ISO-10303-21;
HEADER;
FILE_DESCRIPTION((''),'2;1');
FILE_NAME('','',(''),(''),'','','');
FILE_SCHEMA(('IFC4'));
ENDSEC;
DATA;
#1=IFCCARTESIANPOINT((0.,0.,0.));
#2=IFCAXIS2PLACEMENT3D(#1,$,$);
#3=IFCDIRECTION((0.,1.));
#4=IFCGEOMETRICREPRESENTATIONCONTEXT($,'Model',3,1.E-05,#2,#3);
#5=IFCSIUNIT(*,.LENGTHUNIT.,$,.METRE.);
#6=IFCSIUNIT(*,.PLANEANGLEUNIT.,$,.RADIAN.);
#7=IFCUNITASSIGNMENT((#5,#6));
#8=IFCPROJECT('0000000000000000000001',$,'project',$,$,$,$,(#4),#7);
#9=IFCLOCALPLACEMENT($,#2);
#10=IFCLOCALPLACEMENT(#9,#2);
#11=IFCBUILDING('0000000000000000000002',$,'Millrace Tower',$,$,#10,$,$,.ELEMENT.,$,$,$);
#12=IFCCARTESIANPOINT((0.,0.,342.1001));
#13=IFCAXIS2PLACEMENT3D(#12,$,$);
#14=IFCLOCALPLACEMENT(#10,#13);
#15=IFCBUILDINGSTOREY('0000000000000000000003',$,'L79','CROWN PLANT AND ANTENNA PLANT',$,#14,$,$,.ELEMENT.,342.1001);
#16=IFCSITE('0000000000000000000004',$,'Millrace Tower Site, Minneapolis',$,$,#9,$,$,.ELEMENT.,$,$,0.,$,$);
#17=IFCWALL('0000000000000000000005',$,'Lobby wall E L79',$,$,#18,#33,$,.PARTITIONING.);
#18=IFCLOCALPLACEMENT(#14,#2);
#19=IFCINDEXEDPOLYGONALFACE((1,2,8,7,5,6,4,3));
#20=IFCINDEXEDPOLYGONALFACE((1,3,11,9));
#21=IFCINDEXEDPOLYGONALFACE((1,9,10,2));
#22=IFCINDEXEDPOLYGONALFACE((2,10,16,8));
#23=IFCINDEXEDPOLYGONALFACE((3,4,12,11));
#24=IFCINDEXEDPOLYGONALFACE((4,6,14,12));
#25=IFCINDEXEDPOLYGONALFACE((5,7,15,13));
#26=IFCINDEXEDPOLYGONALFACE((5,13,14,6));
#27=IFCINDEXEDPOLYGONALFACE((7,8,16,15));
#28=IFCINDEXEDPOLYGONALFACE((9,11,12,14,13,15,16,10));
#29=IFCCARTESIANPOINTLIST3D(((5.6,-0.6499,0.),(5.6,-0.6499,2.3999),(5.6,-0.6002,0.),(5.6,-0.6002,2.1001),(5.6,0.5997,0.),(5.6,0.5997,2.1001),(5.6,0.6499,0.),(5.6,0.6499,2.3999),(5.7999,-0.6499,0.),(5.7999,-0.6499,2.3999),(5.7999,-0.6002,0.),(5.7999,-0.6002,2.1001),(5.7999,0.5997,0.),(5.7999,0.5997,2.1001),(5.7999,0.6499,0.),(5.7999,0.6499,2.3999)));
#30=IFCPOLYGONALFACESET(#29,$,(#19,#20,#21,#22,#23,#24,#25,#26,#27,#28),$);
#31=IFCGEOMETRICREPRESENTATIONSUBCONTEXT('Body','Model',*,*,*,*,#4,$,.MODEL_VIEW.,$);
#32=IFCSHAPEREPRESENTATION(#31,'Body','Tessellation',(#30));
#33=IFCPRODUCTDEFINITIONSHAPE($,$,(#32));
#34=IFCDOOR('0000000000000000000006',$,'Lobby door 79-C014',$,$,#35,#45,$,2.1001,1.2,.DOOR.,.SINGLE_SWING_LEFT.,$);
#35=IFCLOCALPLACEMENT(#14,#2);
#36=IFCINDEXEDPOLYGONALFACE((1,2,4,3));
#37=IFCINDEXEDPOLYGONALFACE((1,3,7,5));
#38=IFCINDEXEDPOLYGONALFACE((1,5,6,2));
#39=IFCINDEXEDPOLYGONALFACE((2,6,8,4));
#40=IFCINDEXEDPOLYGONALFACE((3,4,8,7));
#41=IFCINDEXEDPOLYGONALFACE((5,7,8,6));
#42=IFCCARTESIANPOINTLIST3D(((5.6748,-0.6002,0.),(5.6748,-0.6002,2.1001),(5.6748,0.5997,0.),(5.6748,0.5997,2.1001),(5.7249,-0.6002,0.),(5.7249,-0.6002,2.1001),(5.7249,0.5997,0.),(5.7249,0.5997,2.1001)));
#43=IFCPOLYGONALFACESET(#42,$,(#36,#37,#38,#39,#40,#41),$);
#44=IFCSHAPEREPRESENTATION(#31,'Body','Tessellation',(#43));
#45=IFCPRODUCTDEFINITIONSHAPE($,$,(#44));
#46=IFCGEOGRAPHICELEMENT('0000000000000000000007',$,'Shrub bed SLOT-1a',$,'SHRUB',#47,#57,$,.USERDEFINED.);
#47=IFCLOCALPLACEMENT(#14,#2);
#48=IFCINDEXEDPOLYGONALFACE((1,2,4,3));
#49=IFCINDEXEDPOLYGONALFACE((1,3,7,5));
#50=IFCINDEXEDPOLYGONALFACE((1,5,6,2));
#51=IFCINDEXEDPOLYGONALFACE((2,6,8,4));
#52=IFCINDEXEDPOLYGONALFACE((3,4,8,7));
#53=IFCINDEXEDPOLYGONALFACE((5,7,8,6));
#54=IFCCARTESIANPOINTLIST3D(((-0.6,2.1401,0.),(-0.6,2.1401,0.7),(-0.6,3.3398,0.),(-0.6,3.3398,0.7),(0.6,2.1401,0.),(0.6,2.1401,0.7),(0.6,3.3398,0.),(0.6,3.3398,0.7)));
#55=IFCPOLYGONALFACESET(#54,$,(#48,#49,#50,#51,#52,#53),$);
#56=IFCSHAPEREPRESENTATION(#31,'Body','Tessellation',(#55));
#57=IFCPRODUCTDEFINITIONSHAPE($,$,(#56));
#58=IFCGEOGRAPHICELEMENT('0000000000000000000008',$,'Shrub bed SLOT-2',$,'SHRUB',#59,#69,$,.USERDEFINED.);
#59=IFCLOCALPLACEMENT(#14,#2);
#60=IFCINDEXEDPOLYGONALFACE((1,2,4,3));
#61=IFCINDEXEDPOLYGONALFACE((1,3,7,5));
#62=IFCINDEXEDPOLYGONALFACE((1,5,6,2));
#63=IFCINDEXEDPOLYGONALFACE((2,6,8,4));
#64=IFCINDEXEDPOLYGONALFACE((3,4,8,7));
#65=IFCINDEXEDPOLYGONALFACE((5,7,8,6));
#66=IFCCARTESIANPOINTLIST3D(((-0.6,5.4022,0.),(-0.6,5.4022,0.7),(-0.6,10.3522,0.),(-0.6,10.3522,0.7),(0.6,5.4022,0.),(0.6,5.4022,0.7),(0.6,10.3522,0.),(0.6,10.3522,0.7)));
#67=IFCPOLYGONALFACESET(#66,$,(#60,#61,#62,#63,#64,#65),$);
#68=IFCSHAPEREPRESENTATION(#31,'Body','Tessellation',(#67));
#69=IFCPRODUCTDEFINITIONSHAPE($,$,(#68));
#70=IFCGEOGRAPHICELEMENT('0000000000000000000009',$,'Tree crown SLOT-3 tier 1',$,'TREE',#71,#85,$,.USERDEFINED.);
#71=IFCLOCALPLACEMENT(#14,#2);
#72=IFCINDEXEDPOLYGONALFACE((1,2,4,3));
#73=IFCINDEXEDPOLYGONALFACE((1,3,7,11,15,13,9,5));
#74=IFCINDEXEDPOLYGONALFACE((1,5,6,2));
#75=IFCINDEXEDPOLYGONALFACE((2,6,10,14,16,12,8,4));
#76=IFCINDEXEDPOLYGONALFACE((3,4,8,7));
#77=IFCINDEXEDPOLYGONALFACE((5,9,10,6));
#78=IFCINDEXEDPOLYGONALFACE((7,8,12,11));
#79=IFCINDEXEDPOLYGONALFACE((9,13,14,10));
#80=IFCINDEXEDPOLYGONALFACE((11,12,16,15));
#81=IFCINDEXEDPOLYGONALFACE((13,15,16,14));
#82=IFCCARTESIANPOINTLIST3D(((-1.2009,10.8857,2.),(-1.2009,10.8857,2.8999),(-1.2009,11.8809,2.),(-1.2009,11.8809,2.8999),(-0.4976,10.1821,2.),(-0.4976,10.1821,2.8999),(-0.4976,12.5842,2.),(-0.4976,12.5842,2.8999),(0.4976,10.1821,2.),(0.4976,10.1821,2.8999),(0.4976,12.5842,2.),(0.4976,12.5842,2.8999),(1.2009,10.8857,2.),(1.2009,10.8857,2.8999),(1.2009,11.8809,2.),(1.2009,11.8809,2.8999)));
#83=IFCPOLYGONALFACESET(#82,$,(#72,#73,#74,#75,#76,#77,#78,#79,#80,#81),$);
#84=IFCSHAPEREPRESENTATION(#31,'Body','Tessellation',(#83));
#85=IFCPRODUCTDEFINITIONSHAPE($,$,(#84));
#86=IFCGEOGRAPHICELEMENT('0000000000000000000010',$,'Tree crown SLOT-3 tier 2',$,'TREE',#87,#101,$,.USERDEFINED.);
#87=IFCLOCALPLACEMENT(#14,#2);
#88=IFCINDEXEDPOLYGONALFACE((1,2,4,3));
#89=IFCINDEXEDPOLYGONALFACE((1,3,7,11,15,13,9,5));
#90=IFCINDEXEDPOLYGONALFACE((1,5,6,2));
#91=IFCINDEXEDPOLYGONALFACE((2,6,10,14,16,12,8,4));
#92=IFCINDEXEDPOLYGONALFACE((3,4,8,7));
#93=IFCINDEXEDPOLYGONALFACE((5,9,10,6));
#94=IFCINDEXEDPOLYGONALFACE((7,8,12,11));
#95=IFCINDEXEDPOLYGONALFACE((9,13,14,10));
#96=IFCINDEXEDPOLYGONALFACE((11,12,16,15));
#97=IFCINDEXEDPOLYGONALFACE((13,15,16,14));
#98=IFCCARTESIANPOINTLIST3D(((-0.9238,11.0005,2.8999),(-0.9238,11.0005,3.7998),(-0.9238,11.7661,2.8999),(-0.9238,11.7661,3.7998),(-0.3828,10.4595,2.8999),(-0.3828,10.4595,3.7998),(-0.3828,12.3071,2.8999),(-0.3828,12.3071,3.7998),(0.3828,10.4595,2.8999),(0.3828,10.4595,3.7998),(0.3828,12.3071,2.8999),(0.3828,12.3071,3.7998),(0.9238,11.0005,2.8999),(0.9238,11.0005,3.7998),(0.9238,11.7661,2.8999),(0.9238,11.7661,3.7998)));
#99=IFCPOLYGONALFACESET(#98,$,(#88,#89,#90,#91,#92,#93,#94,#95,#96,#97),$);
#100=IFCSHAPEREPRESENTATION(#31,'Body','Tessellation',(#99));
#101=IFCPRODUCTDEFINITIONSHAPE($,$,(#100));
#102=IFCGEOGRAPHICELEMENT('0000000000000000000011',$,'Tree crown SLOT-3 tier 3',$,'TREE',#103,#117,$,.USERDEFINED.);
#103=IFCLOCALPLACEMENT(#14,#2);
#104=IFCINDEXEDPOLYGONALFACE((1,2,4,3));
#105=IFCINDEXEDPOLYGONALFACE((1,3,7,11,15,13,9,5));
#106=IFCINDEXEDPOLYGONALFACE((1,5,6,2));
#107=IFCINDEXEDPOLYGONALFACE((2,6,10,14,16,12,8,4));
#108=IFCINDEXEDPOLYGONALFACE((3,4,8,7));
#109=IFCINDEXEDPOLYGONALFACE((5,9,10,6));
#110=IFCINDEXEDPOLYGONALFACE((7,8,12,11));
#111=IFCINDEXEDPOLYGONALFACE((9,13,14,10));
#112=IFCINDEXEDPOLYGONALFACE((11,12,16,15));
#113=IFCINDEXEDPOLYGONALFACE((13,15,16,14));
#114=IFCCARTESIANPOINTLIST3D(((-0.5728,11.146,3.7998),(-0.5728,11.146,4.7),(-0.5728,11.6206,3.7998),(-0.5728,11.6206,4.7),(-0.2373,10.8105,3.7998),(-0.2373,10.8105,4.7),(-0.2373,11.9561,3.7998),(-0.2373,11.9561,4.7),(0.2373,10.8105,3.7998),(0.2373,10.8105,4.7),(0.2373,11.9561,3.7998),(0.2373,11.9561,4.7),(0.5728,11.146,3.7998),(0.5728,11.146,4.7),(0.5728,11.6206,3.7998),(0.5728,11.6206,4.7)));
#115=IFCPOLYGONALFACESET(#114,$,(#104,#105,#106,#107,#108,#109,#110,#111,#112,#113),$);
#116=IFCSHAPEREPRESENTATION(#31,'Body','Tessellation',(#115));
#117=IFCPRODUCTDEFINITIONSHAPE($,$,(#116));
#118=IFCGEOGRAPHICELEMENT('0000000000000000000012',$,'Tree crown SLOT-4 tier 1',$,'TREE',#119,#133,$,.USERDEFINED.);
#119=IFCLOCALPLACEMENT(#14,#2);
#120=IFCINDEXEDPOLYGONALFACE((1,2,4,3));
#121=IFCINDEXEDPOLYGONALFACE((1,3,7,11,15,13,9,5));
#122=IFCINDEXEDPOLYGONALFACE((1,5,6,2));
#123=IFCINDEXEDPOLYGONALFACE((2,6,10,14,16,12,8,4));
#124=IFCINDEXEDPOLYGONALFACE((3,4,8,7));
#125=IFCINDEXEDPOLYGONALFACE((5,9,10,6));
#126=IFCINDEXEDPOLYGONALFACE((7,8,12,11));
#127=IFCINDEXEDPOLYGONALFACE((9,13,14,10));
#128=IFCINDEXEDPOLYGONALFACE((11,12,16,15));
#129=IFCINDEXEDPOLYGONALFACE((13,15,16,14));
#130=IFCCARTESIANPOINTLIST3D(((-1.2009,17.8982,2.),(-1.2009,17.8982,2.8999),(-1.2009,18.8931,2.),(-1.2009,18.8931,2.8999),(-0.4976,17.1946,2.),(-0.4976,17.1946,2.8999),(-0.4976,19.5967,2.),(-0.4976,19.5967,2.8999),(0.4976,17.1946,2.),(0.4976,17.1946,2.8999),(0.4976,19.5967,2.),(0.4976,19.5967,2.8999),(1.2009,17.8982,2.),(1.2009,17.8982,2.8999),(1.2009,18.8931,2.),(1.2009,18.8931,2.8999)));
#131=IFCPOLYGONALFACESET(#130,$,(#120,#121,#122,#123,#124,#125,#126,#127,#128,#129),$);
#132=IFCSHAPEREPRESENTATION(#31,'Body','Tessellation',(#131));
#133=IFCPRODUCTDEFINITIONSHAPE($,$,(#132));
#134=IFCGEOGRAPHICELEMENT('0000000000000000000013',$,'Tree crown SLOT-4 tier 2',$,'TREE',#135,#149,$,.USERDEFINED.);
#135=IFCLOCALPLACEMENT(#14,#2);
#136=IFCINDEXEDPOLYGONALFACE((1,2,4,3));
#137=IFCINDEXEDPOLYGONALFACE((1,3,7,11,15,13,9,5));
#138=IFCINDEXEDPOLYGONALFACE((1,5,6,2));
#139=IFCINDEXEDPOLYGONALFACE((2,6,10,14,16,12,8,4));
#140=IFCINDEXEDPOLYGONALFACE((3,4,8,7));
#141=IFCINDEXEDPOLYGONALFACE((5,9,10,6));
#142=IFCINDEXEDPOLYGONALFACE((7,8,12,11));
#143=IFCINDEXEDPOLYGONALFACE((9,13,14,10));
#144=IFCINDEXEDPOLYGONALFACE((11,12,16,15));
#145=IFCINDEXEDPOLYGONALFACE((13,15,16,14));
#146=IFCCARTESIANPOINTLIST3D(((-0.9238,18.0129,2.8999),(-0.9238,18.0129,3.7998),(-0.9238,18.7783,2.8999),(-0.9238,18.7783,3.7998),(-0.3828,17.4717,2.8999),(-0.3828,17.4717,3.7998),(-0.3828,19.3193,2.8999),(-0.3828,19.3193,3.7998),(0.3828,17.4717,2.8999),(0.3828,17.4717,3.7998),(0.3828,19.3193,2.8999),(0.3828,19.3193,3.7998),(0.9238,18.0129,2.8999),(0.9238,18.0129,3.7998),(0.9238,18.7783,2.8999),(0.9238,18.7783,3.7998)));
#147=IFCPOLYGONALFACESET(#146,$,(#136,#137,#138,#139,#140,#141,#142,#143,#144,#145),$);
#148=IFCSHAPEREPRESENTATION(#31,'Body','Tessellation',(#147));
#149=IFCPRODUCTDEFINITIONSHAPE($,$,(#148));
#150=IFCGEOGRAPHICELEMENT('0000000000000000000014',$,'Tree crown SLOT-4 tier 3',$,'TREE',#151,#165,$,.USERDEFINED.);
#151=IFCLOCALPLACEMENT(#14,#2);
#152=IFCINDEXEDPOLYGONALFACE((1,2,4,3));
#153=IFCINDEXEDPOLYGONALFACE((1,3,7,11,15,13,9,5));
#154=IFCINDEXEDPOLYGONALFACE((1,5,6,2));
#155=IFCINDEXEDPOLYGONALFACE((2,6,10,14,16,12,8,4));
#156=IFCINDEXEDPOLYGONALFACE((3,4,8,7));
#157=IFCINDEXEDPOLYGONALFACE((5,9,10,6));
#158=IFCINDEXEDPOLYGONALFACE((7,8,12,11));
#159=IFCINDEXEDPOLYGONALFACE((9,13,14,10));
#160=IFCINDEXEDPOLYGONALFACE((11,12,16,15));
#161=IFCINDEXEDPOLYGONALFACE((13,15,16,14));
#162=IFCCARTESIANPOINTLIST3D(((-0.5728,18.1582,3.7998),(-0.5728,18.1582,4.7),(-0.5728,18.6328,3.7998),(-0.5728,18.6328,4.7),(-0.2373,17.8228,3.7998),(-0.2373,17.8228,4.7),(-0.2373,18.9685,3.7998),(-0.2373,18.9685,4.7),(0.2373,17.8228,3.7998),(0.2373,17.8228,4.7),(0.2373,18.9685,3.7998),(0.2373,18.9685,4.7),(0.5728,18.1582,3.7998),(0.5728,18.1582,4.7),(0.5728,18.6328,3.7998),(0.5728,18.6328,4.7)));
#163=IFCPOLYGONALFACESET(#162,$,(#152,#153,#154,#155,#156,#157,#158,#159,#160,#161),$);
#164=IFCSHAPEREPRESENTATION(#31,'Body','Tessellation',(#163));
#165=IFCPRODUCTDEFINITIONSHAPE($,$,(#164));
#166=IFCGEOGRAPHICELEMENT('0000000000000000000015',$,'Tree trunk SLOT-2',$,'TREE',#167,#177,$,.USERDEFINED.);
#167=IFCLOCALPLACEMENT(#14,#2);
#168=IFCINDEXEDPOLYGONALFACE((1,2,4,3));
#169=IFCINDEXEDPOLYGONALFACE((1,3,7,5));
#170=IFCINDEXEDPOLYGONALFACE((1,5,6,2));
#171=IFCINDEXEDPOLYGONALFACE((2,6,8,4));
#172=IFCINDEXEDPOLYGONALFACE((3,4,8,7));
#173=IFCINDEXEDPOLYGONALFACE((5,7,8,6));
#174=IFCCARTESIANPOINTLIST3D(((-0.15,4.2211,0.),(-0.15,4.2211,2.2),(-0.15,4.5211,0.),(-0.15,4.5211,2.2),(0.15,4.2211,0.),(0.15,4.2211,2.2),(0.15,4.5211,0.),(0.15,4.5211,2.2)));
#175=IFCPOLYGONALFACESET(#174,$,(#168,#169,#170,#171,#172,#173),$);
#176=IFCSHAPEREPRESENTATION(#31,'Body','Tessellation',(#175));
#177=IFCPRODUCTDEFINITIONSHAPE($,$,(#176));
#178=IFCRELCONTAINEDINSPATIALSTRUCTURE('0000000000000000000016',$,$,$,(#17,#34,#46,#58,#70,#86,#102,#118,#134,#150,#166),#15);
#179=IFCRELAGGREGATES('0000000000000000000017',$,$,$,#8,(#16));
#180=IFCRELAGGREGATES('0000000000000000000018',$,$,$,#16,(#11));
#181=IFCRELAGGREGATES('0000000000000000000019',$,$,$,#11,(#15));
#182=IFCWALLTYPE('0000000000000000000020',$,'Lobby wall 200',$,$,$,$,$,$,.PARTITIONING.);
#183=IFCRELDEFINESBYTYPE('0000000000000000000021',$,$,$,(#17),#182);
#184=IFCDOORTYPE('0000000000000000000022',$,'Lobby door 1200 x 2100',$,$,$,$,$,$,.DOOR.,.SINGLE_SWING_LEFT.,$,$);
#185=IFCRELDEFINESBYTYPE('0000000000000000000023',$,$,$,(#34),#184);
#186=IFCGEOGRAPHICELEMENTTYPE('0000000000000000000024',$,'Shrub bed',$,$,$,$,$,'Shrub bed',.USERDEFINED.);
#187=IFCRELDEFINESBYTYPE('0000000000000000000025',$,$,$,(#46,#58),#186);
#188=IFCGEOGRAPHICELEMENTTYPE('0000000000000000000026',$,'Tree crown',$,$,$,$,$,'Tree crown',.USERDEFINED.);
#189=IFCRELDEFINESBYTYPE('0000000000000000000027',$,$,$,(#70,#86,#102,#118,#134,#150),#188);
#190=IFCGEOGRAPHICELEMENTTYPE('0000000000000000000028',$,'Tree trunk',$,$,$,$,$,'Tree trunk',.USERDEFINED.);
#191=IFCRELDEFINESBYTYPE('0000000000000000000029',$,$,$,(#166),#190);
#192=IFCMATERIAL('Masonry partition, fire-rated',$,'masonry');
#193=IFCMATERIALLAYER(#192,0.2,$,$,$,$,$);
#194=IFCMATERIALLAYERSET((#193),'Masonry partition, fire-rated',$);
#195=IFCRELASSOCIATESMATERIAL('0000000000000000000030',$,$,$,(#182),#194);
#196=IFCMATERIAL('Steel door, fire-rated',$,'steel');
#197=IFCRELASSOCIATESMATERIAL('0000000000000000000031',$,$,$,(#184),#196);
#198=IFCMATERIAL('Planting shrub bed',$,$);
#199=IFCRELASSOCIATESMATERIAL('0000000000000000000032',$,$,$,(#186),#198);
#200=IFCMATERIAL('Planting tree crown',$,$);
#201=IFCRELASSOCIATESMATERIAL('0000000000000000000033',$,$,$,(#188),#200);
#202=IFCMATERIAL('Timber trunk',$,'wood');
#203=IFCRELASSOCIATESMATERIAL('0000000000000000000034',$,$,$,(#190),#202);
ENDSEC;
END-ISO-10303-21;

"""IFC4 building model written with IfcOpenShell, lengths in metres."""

from ifc_helpers import new_model, si_unit, direction, frame, frame_2d, origin, origin_2d, place, context, subcontext, project, spatial, polyline, rectangle, outline, extrude, material, layer, layer_set, type_object, element, fill, save


model = new_model("IFC4")

# Units and contexts
model_context = context("Model", 3, precision=1e-05, world=origin(), true_north=direction((0.0, 1.0)))
body_context = subcontext(model_context, "Body", "Model", "MODEL_VIEW")
ifc_project = project(units=[si_unit("LENGTHUNIT", "METRE"), si_unit("PLANEANGLEUNIT", "RADIAN")], contexts=[model_context])

# Site, building, storey
site_placement = place(None, origin())
site = spatial("IfcSite", under=ifc_project, at=site_placement, Name="Millrace Tower Site, Minneapolis", CompositionType="ELEMENT", RefElevation=0.0)
building_placement = place(site_placement, origin())
building = spatial("IfcBuilding", under=site, at=building_placement, Name="Millrace Tower", CompositionType="ELEMENT")
storey_placement = place(building_placement, frame((0.0, 0.0, 342.1001)))
storey = spatial("IfcBuildingStorey", under=building, at=storey_placement, Name="L79", Description="CROWN PLANT AND ANTENNA PLANT", CompositionType="ELEMENT", Elevation=342.1001)

# Wall, opening, door
ifc_material_1 = material(Name="Masonry partition, fire-rated", Category="masonry")
ifc_layer_1 = layer(ifc_material_1, 0.2)
ifc_layer_set_1 = layer_set([ifc_layer_1], Name="Masonry partition, fire-rated")
wall_type_1 = type_object("IfcWallType", Name="Lobby wall 200", PredefinedType="PARTITIONING", material=ifc_layer_set_1)
wall_1_placement = place(storey_placement, frame((5.7, 0.6499, 0.0), z_axis=(0.0, 0.0, 1.0), x_axis=(0.0, -1.0, 0.0)))
wall_1 = element("IfcWall", 1, at=wall_1_placement, inside=storey, type_object=wall_type_1, Name="Lobby wall E L79", PredefinedType="PARTITIONING", context=body_context, shape_type="SweptSolid", body=[
    extrude(rectangle(XDim=1.2998, YDim=0.2, at=frame_2d((0.6499, 0.0))), origin(), (0.0, 0.0, 1.0), 2.3999),
])
opening_placement = place(wall_1_placement, frame((0.05, 0.0, 0.0)))
opening = element("IfcOpeningElement", 2, at=opening_placement, cuts=wall_1, PredefinedType="OPENING", context=body_context, shape_type="SweptSolid", body=[
    extrude(rectangle(XDim=1.2, YDim=2.1001, at=frame_2d((0.6001, 1.05))), frame((0.0, 0.1099, 0.0), z_axis=(0.0, -1.0, 0.0), x_axis=(1.0, 0.0, 0.0)), (0.0, 0.0, 1.0), 0.22),
])
ifc_material_2 = material(Name="Steel door, fire-rated", Category="steel")
door_type = type_object("IfcDoorType", Name="Lobby door 1200 x 2100", OperationType="SINGLE_SWING_LEFT", PredefinedType="DOOR", material=ifc_material_2)
door_placement = place(opening_placement, origin())
door = element("IfcDoor", 3, at=door_placement, inside=storey, type_object=door_type, Name="Lobby door 79-C014", OperationType="SINGLE_SWING_LEFT", OverallHeight=2.1001, OverallWidth=1.2, PredefinedType="DOOR", context=body_context, shape_type="SweptSolid", body=[
    extrude(rectangle(XDim=1.2, YDim=2.1001, at=frame_2d((0.6001, 1.05))), frame((0.0, 0.0249, 0.0), z_axis=(0.0, -1.0, 0.0), x_axis=(1.0, 0.0, 0.0)), (0.0, 0.0, 1.0), 0.05),
])
fill(opening, door)

# Geographic elements
ifc_material_3 = material(Name="Planting shrub bed")
geographic_element_type_1 = type_object("IfcGeographicElementType", Name="Shrub bed", ElementType="Shrub bed", PredefinedType="USERDEFINED", material=ifc_material_3)
geographic_element_1_placement = place(storey_placement, frame((0.0, 2.74, 0.0), z_axis=(0.0, 0.0, 1.0), x_axis=(0.0, 1.0, 0.0)))
element("IfcGeographicElement", 4, at=geographic_element_1_placement, inside=storey, type_object=geographic_element_type_1, Name="Shrub bed SLOT-1a", ObjectType="SHRUB", PredefinedType="USERDEFINED", context=body_context, shape_type="SweptSolid", body=[
    extrude(rectangle(XDim=1.1997, YDim=1.2, at=origin_2d()), origin(), (0.0, 0.0, 1.0), 0.7),
])
geographic_element_2_placement = place(storey_placement, frame((0.0, 7.8772, 0.0), z_axis=(0.0, 0.0, 1.0), x_axis=(0.0, 1.0, 0.0)))
element("IfcGeographicElement", 5, at=geographic_element_2_placement, inside=storey, type_object=geographic_element_type_1, Name="Shrub bed SLOT-2", ObjectType="SHRUB", PredefinedType="USERDEFINED", context=body_context, shape_type="SweptSolid", body=[
    extrude(rectangle(XDim=4.95, YDim=1.2, at=origin_2d()), origin(), (0.0, 0.0, 1.0), 0.7),
])
ifc_material_4 = material(Name="Planting tree crown")
geographic_element_type_2 = type_object("IfcGeographicElementType", Name="Tree crown", ElementType="Tree crown", PredefinedType="USERDEFINED", material=ifc_material_4)
placement_1 = place(storey_placement, frame((0.0, 0.0, 2.0)))
element("IfcGeographicElement", 6, at=placement_1, inside=storey, type_object=geographic_element_type_2, Name="Tree crown SLOT-3 tier 1", ObjectType="TREE", PredefinedType="USERDEFINED", context=body_context, shape_type="SweptSolid", body=[
    extrude(outline(polyline([(1.2009, 11.8809), (0.4976, 12.5842), (-0.4976, 12.5842), (-1.2009, 11.8809), (-1.2009, 10.8857), (-0.4976, 10.1821), (0.4976, 10.1821), (1.2009, 10.8857), (1.2009, 11.8809)])), origin(), (0.0, 0.0, 1.0), 0.8999),
])
placement_2 = place(storey_placement, frame((0.0, 0.0, 2.8999)))
element("IfcGeographicElement", 7, at=placement_2, inside=storey, type_object=geographic_element_type_2, Name="Tree crown SLOT-3 tier 2", ObjectType="TREE", PredefinedType="USERDEFINED", context=body_context, shape_type="SweptSolid", body=[
    extrude(outline(polyline([(0.9238, 11.7661), (0.3828, 12.3071), (-0.3828, 12.3071), (-0.9238, 11.7661), (-0.9238, 11.0005), (-0.3828, 10.4595), (0.3828, 10.4595), (0.9238, 11.0005), (0.9238, 11.7661)])), origin(), (0.0, 0.0, 1.0), 0.8999),
])
placement_3 = place(storey_placement, frame((0.0, 0.0, 3.7998)))
element("IfcGeographicElement", 8, at=placement_3, inside=storey, type_object=geographic_element_type_2, Name="Tree crown SLOT-3 tier 3", ObjectType="TREE", PredefinedType="USERDEFINED", context=body_context, shape_type="SweptSolid", body=[
    extrude(outline(polyline([(0.5728, 11.6206), (0.2373, 11.9561), (-0.2373, 11.9561), (-0.5728, 11.6206), (-0.5728, 11.146), (-0.2373, 10.8105), (0.2373, 10.8105), (0.5728, 11.146), (0.5728, 11.6206)])), origin(), (0.0, 0.0, 1.0), 0.9001),
])
element("IfcGeographicElement", 9, at=placement_1, inside=storey, type_object=geographic_element_type_2, Name="Tree crown SLOT-4 tier 1", ObjectType="TREE", PredefinedType="USERDEFINED", context=body_context, shape_type="SweptSolid", body=[
    extrude(outline(polyline([(1.2009, 18.8931), (0.4976, 19.5967), (-0.4976, 19.5967), (-1.2009, 18.8931), (-1.2009, 17.8982), (-0.4976, 17.1946), (0.4976, 17.1946), (1.2009, 17.8982), (1.2009, 18.8931)])), origin(), (0.0, 0.0, 1.0), 0.8999),
])
element("IfcGeographicElement", 10, at=placement_2, inside=storey, type_object=geographic_element_type_2, Name="Tree crown SLOT-4 tier 2", ObjectType="TREE", PredefinedType="USERDEFINED", context=body_context, shape_type="SweptSolid", body=[
    extrude(outline(polyline([(0.9238, 18.7783), (0.3828, 19.3193), (-0.3828, 19.3193), (-0.9238, 18.7783), (-0.9238, 18.0129), (-0.3828, 17.4717), (0.3828, 17.4717), (0.9238, 18.0129), (0.9238, 18.7783)])), origin(), (0.0, 0.0, 1.0), 0.8999),
])
element("IfcGeographicElement", 11, at=placement_3, inside=storey, type_object=geographic_element_type_2, Name="Tree crown SLOT-4 tier 3", ObjectType="TREE", PredefinedType="USERDEFINED", context=body_context, shape_type="SweptSolid", body=[
    extrude(outline(polyline([(0.5728, 18.6328), (0.2373, 18.9685), (-0.2373, 18.9685), (-0.5728, 18.6328), (-0.5728, 18.1582), (-0.2373, 17.8228), (0.2373, 17.8228), (0.5728, 18.1582), (0.5728, 18.6328)])), origin(), (0.0, 0.0, 1.0), 0.9001),
])
ifc_material_5 = material(Name="Timber trunk", Category="wood")
geographic_element_type_3 = type_object("IfcGeographicElementType", Name="Tree trunk", ElementType="Tree trunk", PredefinedType="USERDEFINED", material=ifc_material_5)
geographic_element_3_placement = place(storey_placement, frame((0.0, 4.3711, 0.0), z_axis=(0.0, 0.0, 1.0), x_axis=(1.0, 0.0, 0.0)))
element("IfcGeographicElement", 12, at=geographic_element_3_placement, inside=storey, type_object=geographic_element_type_3, Name="Tree trunk SLOT-2", ObjectType="TREE", PredefinedType="USERDEFINED", context=body_context, shape_type="SweptSolid", body=[
    extrude(rectangle(XDim=0.3, YDim=0.3, at=origin_2d()), origin(), (0.0, 0.0, 1.0), 2.2),
])

save(model, "model.ifc")
